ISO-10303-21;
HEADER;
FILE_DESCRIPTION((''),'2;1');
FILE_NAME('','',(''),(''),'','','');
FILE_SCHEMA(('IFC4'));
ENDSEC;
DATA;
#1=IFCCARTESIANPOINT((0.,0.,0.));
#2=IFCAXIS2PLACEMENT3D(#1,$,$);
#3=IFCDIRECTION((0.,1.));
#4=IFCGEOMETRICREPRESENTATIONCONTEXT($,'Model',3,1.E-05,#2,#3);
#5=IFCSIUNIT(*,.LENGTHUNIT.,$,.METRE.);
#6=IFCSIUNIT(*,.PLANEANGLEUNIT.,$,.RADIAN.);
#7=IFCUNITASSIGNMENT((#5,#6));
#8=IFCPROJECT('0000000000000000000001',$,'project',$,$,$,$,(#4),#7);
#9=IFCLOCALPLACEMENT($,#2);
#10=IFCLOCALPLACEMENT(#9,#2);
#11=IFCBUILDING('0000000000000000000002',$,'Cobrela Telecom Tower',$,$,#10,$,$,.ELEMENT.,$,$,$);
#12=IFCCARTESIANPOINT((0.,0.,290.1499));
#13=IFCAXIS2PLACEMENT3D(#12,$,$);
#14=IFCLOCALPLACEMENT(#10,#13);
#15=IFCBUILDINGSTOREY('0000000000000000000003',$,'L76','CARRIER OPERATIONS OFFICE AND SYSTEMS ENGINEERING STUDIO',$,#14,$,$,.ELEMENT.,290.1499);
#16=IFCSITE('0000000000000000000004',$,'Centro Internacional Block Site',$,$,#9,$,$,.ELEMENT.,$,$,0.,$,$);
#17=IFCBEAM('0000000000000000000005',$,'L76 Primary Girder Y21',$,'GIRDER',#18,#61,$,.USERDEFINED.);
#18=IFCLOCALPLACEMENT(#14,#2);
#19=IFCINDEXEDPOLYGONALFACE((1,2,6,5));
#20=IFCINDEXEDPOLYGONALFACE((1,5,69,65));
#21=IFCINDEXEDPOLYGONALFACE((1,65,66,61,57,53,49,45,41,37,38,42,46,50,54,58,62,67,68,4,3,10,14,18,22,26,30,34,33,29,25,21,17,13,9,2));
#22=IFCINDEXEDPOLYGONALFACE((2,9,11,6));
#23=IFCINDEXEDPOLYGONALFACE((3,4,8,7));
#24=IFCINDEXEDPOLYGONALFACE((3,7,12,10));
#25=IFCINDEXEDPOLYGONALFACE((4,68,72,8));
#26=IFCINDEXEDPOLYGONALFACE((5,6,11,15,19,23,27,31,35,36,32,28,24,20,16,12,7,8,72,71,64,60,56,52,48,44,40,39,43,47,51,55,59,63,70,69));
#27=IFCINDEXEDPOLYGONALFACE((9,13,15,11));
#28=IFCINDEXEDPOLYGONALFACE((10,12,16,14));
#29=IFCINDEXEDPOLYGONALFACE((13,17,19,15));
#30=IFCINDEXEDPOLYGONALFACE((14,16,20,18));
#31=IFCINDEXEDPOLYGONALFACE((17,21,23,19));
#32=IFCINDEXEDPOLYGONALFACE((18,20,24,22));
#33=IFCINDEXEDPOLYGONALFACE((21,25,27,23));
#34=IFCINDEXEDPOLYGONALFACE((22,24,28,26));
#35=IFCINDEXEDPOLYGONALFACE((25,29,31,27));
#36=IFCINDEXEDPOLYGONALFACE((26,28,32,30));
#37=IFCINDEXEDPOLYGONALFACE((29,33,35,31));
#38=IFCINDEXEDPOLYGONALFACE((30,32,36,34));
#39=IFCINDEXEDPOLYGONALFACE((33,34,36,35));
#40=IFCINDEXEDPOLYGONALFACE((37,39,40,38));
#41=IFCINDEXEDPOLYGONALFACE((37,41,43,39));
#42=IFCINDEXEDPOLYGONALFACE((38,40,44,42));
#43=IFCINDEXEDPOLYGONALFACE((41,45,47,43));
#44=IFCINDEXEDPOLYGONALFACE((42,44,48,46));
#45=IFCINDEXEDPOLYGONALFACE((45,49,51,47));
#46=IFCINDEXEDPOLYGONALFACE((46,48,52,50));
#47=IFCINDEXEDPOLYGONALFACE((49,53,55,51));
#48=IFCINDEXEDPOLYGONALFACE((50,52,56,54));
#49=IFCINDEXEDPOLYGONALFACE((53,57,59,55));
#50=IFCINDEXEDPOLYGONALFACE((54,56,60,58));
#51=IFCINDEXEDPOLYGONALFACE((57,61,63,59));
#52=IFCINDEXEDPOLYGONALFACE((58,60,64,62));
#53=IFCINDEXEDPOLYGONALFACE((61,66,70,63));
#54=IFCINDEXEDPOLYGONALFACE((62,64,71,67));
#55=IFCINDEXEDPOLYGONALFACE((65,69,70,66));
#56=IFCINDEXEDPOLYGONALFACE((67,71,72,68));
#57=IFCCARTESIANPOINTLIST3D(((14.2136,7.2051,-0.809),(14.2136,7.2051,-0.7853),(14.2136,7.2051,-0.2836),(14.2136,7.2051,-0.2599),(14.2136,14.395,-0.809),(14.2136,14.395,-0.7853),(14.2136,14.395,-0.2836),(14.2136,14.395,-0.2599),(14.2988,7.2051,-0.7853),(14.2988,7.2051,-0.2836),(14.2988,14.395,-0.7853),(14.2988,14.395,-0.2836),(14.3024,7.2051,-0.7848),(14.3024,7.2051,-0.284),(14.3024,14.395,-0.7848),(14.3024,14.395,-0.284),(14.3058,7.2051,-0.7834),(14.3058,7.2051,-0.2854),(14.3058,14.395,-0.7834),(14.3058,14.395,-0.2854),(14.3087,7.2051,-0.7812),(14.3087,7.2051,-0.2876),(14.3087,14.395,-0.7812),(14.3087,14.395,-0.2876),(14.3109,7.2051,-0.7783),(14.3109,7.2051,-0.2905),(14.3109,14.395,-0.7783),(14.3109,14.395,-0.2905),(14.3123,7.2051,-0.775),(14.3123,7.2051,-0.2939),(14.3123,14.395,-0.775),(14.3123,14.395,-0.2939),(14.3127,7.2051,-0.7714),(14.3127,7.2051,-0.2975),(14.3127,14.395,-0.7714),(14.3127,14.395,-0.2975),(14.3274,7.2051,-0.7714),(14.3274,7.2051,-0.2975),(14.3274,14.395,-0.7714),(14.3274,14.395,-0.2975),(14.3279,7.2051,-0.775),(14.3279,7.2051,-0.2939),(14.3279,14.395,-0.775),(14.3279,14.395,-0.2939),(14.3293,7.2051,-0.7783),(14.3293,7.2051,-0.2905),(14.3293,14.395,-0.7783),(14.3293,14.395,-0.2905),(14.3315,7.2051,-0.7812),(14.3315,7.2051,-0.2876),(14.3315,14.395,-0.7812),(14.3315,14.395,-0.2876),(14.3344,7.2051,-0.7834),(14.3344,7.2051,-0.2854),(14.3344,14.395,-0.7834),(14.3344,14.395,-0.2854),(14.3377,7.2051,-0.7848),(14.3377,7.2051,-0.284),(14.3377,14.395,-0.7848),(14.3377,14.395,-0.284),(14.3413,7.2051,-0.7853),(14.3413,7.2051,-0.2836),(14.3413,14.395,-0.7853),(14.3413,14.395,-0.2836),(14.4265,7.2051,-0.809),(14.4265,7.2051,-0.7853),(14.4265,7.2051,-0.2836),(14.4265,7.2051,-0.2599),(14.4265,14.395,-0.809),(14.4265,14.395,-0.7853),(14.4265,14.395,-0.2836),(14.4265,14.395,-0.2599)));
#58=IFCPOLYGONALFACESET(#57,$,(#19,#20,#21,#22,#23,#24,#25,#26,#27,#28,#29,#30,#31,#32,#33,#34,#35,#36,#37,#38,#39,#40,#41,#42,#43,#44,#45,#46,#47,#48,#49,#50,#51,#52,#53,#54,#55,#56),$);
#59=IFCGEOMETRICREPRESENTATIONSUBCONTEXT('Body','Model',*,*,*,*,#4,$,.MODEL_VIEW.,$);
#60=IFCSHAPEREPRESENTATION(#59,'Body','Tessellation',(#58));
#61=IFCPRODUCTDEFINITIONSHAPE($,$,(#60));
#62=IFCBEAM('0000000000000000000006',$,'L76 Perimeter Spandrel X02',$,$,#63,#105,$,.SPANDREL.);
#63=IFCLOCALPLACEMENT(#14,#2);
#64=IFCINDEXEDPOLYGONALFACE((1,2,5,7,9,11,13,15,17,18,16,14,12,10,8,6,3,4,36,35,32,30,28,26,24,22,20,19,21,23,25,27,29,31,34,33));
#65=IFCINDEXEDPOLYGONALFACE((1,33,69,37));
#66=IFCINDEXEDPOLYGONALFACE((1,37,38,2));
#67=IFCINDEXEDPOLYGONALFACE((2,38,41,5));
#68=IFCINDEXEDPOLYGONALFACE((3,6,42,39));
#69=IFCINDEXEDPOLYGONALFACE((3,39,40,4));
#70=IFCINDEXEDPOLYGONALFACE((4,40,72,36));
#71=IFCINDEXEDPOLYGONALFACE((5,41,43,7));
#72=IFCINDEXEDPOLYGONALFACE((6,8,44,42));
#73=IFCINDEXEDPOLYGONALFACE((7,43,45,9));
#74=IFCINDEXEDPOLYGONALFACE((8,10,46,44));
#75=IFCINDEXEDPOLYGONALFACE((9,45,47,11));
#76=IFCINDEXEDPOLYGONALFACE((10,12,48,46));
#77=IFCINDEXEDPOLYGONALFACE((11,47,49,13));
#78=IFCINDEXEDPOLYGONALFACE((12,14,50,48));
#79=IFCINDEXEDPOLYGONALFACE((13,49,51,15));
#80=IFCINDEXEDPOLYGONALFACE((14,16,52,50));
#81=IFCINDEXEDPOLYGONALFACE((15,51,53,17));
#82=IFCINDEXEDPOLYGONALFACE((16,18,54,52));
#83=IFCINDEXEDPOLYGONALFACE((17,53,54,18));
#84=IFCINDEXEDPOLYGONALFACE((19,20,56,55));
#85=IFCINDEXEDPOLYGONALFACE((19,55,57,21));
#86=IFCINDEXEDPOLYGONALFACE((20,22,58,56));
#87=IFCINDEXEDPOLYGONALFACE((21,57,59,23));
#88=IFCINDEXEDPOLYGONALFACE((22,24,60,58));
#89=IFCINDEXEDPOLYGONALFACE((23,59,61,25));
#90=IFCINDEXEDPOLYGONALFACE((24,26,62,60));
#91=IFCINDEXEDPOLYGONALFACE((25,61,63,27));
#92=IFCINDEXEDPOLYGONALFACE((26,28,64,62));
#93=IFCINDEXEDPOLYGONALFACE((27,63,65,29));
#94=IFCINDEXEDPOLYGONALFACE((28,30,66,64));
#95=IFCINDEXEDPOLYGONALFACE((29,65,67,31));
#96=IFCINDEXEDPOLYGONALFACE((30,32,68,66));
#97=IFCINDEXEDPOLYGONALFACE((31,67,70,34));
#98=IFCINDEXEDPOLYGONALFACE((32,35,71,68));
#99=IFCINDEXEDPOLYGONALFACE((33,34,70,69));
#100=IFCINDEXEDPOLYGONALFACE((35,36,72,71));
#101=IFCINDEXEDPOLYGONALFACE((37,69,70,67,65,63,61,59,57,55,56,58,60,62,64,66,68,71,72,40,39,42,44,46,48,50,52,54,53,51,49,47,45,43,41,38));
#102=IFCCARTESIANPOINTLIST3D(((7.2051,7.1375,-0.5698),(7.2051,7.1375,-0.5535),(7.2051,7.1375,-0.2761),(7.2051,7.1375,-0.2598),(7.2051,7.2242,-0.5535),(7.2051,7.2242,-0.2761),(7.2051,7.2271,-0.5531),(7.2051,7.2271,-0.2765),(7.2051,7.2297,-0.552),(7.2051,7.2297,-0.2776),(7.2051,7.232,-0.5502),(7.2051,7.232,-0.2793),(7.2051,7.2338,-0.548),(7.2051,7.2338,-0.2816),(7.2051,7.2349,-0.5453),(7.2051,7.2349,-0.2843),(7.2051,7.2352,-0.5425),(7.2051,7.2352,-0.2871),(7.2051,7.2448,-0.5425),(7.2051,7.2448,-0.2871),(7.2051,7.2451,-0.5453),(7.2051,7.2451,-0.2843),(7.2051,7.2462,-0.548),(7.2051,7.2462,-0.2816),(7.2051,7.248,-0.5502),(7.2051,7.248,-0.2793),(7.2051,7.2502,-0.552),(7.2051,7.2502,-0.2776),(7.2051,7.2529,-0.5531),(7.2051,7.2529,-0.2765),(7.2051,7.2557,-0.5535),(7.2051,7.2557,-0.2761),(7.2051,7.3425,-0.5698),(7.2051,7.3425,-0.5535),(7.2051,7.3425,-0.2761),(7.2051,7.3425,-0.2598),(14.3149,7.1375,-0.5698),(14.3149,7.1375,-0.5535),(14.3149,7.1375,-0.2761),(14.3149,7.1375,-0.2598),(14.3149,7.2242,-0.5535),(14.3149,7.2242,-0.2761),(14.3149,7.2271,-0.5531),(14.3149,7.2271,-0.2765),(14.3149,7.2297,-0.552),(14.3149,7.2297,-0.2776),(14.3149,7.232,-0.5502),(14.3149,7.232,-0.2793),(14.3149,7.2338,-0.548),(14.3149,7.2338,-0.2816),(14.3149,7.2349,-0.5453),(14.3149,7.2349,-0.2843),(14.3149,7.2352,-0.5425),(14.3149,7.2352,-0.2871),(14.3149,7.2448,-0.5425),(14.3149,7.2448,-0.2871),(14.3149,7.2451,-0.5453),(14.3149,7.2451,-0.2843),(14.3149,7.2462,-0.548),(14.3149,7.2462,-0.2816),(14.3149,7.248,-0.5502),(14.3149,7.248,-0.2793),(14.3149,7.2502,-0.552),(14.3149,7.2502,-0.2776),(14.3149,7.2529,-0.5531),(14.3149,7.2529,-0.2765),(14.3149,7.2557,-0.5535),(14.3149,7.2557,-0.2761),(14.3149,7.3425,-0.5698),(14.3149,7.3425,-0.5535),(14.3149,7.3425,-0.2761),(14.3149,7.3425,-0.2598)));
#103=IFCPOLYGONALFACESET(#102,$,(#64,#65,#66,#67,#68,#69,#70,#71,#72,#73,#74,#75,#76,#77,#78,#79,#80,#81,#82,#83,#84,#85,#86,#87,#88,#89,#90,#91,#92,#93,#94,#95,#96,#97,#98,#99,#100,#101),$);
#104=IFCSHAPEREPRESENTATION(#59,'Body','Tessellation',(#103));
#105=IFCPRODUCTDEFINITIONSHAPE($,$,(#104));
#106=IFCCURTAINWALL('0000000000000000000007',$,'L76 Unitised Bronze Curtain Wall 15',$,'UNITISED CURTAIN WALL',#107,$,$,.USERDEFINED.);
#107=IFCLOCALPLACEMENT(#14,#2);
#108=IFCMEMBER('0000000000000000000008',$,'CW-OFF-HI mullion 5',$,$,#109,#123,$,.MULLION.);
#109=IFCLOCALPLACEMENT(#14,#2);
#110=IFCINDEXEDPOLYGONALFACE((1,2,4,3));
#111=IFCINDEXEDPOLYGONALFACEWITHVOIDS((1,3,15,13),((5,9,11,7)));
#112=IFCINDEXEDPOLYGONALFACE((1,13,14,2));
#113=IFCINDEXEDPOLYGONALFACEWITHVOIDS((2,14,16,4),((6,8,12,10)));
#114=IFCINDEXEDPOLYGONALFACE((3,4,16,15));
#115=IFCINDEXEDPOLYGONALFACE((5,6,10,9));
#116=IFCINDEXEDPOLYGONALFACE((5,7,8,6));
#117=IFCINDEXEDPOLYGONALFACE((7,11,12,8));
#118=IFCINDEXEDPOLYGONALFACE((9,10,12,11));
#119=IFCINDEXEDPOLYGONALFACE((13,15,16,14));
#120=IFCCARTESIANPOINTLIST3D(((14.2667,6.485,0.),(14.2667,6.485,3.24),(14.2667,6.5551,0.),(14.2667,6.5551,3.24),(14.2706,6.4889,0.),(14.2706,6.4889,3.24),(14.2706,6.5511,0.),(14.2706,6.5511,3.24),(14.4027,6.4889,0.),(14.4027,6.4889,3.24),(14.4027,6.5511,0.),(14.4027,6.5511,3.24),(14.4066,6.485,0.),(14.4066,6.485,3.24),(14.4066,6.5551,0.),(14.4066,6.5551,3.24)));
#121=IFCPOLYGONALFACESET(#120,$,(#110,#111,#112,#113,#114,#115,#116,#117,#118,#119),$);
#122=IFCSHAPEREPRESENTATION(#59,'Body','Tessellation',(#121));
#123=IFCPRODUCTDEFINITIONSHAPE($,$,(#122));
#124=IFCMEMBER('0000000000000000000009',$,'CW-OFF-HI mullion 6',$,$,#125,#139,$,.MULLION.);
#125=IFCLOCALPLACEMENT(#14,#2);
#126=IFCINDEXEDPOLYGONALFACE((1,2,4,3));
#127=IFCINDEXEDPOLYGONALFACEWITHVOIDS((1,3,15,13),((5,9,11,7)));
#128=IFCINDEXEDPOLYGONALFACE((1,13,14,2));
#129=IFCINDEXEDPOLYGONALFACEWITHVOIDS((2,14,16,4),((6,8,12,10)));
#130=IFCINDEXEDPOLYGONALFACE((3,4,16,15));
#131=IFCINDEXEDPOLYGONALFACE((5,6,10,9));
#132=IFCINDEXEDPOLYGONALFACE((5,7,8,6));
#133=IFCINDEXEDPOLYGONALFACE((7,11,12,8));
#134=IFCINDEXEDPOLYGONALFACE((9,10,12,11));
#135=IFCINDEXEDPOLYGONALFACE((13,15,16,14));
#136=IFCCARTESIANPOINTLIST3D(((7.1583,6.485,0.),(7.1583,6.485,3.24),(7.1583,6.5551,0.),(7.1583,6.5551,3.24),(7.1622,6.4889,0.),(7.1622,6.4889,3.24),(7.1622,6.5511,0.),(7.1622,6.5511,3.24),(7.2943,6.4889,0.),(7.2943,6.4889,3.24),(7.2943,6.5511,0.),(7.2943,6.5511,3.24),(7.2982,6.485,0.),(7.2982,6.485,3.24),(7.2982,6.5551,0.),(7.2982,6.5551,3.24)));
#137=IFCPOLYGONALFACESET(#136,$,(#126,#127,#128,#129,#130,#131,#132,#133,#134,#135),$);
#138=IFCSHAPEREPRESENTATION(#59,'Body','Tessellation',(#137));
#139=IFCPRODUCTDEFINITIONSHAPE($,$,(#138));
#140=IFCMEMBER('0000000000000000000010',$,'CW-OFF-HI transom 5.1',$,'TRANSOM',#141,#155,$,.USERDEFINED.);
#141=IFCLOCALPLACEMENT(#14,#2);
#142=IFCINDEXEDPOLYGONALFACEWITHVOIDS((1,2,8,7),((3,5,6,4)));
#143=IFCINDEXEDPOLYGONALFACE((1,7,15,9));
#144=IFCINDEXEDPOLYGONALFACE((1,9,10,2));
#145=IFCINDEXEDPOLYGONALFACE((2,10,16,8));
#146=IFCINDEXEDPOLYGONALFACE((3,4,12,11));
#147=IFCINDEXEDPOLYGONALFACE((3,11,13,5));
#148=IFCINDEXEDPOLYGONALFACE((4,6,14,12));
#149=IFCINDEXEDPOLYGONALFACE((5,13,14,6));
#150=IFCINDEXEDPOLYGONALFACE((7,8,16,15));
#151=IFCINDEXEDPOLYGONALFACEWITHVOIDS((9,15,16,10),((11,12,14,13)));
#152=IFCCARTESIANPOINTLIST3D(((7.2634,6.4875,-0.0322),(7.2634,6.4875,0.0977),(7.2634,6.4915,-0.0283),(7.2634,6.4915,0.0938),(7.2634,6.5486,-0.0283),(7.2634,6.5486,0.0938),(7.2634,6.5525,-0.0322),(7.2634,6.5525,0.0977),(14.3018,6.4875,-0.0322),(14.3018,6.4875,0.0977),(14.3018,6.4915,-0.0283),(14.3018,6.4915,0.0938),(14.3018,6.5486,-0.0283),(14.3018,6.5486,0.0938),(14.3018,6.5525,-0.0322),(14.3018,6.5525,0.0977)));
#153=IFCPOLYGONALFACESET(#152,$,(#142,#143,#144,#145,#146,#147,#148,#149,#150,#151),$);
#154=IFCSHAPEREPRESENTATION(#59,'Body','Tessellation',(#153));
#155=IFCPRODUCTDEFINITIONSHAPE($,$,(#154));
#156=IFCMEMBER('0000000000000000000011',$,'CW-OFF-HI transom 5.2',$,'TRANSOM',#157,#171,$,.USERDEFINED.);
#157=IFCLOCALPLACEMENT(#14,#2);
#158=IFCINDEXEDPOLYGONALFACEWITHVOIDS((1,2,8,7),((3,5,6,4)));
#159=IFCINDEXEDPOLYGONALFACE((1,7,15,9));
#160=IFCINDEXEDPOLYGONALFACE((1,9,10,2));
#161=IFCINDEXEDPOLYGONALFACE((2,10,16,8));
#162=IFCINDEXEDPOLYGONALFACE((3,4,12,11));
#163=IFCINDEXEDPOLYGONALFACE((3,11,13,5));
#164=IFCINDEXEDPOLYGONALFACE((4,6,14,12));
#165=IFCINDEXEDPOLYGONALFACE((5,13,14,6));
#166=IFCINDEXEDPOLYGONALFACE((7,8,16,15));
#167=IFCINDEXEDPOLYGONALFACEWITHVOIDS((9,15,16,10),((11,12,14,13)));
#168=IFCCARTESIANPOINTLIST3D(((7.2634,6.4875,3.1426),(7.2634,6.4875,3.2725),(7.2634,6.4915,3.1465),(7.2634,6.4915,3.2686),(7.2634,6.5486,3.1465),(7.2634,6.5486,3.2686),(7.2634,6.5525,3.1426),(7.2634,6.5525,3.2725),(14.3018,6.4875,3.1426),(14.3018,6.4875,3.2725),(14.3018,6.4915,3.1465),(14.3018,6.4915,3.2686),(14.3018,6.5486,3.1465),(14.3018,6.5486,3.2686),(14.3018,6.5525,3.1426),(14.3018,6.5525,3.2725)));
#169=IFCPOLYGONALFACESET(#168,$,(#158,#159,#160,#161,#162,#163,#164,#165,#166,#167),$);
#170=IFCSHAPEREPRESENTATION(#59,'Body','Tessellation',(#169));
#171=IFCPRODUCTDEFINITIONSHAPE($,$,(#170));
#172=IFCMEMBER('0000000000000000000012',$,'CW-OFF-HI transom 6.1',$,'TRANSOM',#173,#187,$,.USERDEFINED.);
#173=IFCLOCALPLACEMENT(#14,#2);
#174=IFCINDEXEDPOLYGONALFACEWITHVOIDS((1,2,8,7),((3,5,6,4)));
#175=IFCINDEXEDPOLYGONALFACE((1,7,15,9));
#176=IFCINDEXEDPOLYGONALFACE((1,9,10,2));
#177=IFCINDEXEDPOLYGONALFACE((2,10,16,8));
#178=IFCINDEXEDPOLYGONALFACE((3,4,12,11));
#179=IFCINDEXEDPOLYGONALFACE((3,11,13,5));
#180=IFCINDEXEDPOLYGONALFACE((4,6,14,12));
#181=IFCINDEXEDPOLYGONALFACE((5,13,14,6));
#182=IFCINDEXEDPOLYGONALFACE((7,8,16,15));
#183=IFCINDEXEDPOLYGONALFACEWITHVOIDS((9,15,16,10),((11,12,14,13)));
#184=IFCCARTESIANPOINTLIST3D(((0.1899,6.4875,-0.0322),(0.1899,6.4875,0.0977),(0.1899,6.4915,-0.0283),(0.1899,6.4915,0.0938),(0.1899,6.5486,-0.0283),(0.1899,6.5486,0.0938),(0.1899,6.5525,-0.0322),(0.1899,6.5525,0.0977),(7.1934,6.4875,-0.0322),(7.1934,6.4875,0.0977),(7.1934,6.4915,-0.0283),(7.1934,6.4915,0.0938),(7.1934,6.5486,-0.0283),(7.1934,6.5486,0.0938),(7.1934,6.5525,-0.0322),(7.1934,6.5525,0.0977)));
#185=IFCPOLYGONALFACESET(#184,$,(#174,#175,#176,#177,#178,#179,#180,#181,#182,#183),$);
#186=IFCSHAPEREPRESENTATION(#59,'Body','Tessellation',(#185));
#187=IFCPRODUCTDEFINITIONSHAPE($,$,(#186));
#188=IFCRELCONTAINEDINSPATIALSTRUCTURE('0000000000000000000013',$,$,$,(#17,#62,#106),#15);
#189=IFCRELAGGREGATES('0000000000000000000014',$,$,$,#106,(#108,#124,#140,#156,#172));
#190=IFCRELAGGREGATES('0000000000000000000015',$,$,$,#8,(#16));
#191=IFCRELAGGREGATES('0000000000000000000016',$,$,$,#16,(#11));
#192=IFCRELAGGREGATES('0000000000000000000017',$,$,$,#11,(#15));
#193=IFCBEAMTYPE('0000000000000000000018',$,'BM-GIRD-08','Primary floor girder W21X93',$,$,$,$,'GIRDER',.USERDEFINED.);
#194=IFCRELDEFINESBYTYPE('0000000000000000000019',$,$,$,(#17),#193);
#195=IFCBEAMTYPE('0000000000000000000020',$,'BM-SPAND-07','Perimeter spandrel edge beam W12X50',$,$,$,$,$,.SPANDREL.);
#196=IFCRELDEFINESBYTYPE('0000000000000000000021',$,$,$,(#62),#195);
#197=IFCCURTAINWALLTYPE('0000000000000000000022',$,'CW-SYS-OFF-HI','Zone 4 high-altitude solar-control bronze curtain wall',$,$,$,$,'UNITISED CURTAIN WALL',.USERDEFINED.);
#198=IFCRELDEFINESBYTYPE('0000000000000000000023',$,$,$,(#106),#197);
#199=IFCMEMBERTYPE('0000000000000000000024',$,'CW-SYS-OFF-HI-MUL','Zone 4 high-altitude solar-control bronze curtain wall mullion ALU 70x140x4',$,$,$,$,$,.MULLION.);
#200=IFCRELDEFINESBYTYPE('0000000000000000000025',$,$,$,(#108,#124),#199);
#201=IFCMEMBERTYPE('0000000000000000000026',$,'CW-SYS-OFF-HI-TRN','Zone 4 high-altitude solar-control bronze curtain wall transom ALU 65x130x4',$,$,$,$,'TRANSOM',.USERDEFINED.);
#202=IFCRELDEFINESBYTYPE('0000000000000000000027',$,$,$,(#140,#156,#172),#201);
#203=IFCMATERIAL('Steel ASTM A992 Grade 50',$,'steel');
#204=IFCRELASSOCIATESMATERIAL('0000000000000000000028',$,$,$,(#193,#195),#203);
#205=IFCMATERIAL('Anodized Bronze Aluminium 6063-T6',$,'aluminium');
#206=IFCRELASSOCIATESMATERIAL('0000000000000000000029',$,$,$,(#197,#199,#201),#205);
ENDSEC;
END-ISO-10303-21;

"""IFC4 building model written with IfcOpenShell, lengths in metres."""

from ifc_helpers import new_model, si_unit, direction, frame, origin, origin_2d, place, context, subcontext, project, spatial, hollow_rectangle, i_section, extrude, material, material_profile, profile_set, type_object, element, aggregate, save


model = new_model("IFC4")

# Units and contexts
model_context = context("Model", 3, precision=1e-05, world=origin(), true_north=direction((0.0, 1.0)))
body_context = subcontext(model_context, "Body", "Model", "MODEL_VIEW")
ifc_project = project(units=[si_unit("LENGTHUNIT", "METRE"), si_unit("PLANEANGLEUNIT", "RADIAN")], contexts=[model_context])

# Site, building, storey
site_placement = place(None, origin())
site = spatial("IfcSite", under=ifc_project, at=site_placement, Name="Centro Internacional Block Site", CompositionType="ELEMENT", RefElevation=0.0)
building_placement = place(site_placement, origin())
building = spatial("IfcBuilding", under=site, at=building_placement, Name="Cobrela Telecom Tower", CompositionType="ELEMENT")
storey_placement = place(building_placement, frame((0.0, 0.0, 290.1499)))
storey = spatial("IfcBuildingStorey", under=building, at=storey_placement, Name="L76", Description="CARRIER OPERATIONS OFFICE AND SYSTEMS ENGINEERING STUDIO", CompositionType="ELEMENT", Elevation=290.1499)

# Beams
ifc_material_1 = material(Name="Steel ASTM A992 Grade 50", Category="steel")
ifc_material_profile_1 = material_profile(ifc_material_1, i_section(OverallWidth=0.2129, OverallDepth=0.5491, WebThickness=0.0146, FlangeThickness=0.0237, FilletRadius=0.0139, at=origin_2d()), Name="W21X93")
ifc_profile_set_1 = profile_set([ifc_material_profile_1], Name="Steel ASTM A992 Grade 50")
beam_type_1 = type_object("IfcBeamType", Name="BM-GIRD-08", Description="Primary floor girder W21X93", ElementType="GIRDER", PredefinedType="USERDEFINED", material=ifc_profile_set_1)
beam_1_placement = place(storey_placement, frame((14.3201, 7.2051, -0.5344), z_axis=(0.0, 1.0, 0.0), x_axis=(-1.0, 0.0, 0.0)))
element("IfcBeam", 1, at=beam_1_placement, inside=storey, type_object=beam_type_1, Name="L76 Primary Girder Y21", ObjectType="GIRDER", PredefinedType="USERDEFINED", context=body_context, shape_type="SweptSolid", body=[
    extrude(i_section(OverallWidth=0.2129, OverallDepth=0.5491, WebThickness=0.0146, FlangeThickness=0.0237, FilletRadius=0.0139, at=origin_2d()), origin(), (0.0, 0.0, 1.0), 7.1899),
])
ifc_material_profile_2 = material_profile(ifc_material_1, i_section(OverallWidth=0.2051, OverallDepth=0.3101, WebThickness=0.0095, FlangeThickness=0.0164, FilletRadius=0.011, at=origin_2d()), Name="W12X50")
ifc_profile_set_2 = profile_set([ifc_material_profile_2], Name="Steel ASTM A992 Grade 50")
beam_type_2 = type_object("IfcBeamType", Name="BM-SPAND-07", Description="Perimeter spandrel edge beam W12X50", PredefinedType="SPANDREL", material=ifc_profile_set_2)
beam_2_placement = place(storey_placement, frame((7.2051, 7.24, -0.4148), z_axis=(1.0, 0.0, 0.0), x_axis=(0.0, 1.0, 0.0)))
element("IfcBeam", 2, at=beam_2_placement, inside=storey, type_object=beam_type_2, Name="L76 Perimeter Spandrel X02", PredefinedType="SPANDREL", context=body_context, shape_type="SweptSolid", body=[
    extrude(i_section(OverallWidth=0.2051, OverallDepth=0.3101, WebThickness=0.0095, FlangeThickness=0.0164, FilletRadius=0.011, at=origin_2d()), origin(), (0.0, 0.0, 1.0), 7.1099),
])

# Curtain wall, members
ifc_material_2 = material(Name="Anodized Bronze Aluminium 6063-T6", Category="aluminium")
curtain_wall_type = type_object("IfcCurtainWallType", Name="CW-SYS-OFF-HI", Description="Zone 4 high-altitude solar-control bronze curtain wall", ElementType="UNITISED CURTAIN WALL", PredefinedType="USERDEFINED", material=ifc_material_2)
curtain_wall_placement = place(storey_placement, origin())
curtain_wall = element("IfcCurtainWall", 3, at=curtain_wall_placement, inside=storey, type_object=curtain_wall_type, Name="L76 Unitised Bronze Curtain Wall 15", ObjectType="UNITISED CURTAIN WALL", PredefinedType="USERDEFINED")
ifc_material_profile_3 = material_profile(ifc_material_2, hollow_rectangle(XDim=0.0701, YDim=0.1399, WallThickness=0.0039, at=origin_2d()), Name="ALU 70x140x4")
ifc_profile_set_3 = profile_set([ifc_material_profile_3], Name="Anodized Bronze Aluminium 6063-T6")
member_type_1 = type_object("IfcMemberType", Name="CW-SYS-OFF-HI-MUL", Description="Zone 4 high-altitude solar-control bronze curtain wall mullion ALU 70x140x4", PredefinedType="MULLION", material=ifc_profile_set_3)
member_1_placement = place(storey_placement, frame((14.3367, 6.52, 0.0), z_axis=(0.0, 0.0, 1.0), x_axis=(0.0, -1.0, 0.0)))
member_1 = element("IfcMember", 4, at=member_1_placement, type_object=member_type_1, Name="CW-OFF-HI mullion 5", PredefinedType="MULLION", context=body_context, shape_type="SweptSolid", body=[
    extrude(hollow_rectangle(XDim=0.0701, YDim=0.1399, WallThickness=0.0039, at=origin_2d()), origin(), (0.0, 0.0, 1.0), 3.24),
])
member_2_placement = place(storey_placement, frame((7.2283, 6.52, 0.0), z_axis=(0.0, 0.0, 1.0), x_axis=(0.0, -1.0, 0.0)))
member_2 = element("IfcMember", 5, at=member_2_placement, type_object=member_type_1, Name="CW-OFF-HI mullion 6", PredefinedType="MULLION", context=body_context, shape_type="SweptSolid", body=[
    extrude(hollow_rectangle(XDim=0.0701, YDim=0.1399, WallThickness=0.0039, at=origin_2d()), origin(), (0.0, 0.0, 1.0), 3.24),
])
ifc_material_profile_4 = material_profile(ifc_material_2, hollow_rectangle(XDim=0.0649, YDim=0.1299, WallThickness=0.0039, at=origin_2d()), Name="ALU 65x130x4")
ifc_profile_set_4 = profile_set([ifc_material_profile_4], Name="Anodized Bronze Aluminium 6063-T6")
member_type_2 = type_object("IfcMemberType", Name="CW-SYS-OFF-HI-TRN", Description="Zone 4 high-altitude solar-control bronze curtain wall transom ALU 65x130x4", ElementType="TRANSOM", PredefinedType="USERDEFINED", material=ifc_profile_set_4)
member_3_placement = place(storey_placement, frame((14.3018, 6.52, 0.0327), z_axis=(-1.0, 0.0, 0.0), x_axis=(0.0, -1.0, 0.0)))
member_3 = element("IfcMember", 6, at=member_3_placement, type_object=member_type_2, Name="CW-OFF-HI transom 5.1", ObjectType="TRANSOM", PredefinedType="USERDEFINED", context=body_context, shape_type="SweptSolid", body=[
    extrude(hollow_rectangle(XDim=0.0649, YDim=0.1299, WallThickness=0.0039, at=origin_2d()), origin(), (0.0, 0.0, 1.0), 7.0383),
])
member_4_placement = place(storey_placement, frame((14.3018, 6.52, 3.2075), z_axis=(-1.0, 0.0, 0.0), x_axis=(0.0, -1.0, 0.0)))
member_4 = element("IfcMember", 7, at=member_4_placement, type_object=member_type_2, Name="CW-OFF-HI transom 5.2", ObjectType="TRANSOM", PredefinedType="USERDEFINED", context=body_context, shape_type="SweptSolid", body=[
    extrude(hollow_rectangle(XDim=0.0649, YDim=0.1299, WallThickness=0.0039, at=origin_2d()), origin(), (0.0, 0.0, 1.0), 7.0383),
])
member_5_placement = place(storey_placement, frame((7.1934, 6.52, 0.0327), z_axis=(-1.0, 0.0, 0.0), x_axis=(0.0, -1.0, 0.0)))
member_5 = element("IfcMember", 8, at=member_5_placement, type_object=member_type_2, Name="CW-OFF-HI transom 6.1", ObjectType="TRANSOM", PredefinedType="USERDEFINED", context=body_context, shape_type="SweptSolid", body=[
    extrude(hollow_rectangle(XDim=0.0649, YDim=0.1299, WallThickness=0.0039, at=origin_2d()), origin(), (0.0, 0.0, 1.0), 7.0034),
])
aggregate(curtain_wall, [member_1, member_2, member_3, member_4, member_5])

save(model, "model.ifc")
